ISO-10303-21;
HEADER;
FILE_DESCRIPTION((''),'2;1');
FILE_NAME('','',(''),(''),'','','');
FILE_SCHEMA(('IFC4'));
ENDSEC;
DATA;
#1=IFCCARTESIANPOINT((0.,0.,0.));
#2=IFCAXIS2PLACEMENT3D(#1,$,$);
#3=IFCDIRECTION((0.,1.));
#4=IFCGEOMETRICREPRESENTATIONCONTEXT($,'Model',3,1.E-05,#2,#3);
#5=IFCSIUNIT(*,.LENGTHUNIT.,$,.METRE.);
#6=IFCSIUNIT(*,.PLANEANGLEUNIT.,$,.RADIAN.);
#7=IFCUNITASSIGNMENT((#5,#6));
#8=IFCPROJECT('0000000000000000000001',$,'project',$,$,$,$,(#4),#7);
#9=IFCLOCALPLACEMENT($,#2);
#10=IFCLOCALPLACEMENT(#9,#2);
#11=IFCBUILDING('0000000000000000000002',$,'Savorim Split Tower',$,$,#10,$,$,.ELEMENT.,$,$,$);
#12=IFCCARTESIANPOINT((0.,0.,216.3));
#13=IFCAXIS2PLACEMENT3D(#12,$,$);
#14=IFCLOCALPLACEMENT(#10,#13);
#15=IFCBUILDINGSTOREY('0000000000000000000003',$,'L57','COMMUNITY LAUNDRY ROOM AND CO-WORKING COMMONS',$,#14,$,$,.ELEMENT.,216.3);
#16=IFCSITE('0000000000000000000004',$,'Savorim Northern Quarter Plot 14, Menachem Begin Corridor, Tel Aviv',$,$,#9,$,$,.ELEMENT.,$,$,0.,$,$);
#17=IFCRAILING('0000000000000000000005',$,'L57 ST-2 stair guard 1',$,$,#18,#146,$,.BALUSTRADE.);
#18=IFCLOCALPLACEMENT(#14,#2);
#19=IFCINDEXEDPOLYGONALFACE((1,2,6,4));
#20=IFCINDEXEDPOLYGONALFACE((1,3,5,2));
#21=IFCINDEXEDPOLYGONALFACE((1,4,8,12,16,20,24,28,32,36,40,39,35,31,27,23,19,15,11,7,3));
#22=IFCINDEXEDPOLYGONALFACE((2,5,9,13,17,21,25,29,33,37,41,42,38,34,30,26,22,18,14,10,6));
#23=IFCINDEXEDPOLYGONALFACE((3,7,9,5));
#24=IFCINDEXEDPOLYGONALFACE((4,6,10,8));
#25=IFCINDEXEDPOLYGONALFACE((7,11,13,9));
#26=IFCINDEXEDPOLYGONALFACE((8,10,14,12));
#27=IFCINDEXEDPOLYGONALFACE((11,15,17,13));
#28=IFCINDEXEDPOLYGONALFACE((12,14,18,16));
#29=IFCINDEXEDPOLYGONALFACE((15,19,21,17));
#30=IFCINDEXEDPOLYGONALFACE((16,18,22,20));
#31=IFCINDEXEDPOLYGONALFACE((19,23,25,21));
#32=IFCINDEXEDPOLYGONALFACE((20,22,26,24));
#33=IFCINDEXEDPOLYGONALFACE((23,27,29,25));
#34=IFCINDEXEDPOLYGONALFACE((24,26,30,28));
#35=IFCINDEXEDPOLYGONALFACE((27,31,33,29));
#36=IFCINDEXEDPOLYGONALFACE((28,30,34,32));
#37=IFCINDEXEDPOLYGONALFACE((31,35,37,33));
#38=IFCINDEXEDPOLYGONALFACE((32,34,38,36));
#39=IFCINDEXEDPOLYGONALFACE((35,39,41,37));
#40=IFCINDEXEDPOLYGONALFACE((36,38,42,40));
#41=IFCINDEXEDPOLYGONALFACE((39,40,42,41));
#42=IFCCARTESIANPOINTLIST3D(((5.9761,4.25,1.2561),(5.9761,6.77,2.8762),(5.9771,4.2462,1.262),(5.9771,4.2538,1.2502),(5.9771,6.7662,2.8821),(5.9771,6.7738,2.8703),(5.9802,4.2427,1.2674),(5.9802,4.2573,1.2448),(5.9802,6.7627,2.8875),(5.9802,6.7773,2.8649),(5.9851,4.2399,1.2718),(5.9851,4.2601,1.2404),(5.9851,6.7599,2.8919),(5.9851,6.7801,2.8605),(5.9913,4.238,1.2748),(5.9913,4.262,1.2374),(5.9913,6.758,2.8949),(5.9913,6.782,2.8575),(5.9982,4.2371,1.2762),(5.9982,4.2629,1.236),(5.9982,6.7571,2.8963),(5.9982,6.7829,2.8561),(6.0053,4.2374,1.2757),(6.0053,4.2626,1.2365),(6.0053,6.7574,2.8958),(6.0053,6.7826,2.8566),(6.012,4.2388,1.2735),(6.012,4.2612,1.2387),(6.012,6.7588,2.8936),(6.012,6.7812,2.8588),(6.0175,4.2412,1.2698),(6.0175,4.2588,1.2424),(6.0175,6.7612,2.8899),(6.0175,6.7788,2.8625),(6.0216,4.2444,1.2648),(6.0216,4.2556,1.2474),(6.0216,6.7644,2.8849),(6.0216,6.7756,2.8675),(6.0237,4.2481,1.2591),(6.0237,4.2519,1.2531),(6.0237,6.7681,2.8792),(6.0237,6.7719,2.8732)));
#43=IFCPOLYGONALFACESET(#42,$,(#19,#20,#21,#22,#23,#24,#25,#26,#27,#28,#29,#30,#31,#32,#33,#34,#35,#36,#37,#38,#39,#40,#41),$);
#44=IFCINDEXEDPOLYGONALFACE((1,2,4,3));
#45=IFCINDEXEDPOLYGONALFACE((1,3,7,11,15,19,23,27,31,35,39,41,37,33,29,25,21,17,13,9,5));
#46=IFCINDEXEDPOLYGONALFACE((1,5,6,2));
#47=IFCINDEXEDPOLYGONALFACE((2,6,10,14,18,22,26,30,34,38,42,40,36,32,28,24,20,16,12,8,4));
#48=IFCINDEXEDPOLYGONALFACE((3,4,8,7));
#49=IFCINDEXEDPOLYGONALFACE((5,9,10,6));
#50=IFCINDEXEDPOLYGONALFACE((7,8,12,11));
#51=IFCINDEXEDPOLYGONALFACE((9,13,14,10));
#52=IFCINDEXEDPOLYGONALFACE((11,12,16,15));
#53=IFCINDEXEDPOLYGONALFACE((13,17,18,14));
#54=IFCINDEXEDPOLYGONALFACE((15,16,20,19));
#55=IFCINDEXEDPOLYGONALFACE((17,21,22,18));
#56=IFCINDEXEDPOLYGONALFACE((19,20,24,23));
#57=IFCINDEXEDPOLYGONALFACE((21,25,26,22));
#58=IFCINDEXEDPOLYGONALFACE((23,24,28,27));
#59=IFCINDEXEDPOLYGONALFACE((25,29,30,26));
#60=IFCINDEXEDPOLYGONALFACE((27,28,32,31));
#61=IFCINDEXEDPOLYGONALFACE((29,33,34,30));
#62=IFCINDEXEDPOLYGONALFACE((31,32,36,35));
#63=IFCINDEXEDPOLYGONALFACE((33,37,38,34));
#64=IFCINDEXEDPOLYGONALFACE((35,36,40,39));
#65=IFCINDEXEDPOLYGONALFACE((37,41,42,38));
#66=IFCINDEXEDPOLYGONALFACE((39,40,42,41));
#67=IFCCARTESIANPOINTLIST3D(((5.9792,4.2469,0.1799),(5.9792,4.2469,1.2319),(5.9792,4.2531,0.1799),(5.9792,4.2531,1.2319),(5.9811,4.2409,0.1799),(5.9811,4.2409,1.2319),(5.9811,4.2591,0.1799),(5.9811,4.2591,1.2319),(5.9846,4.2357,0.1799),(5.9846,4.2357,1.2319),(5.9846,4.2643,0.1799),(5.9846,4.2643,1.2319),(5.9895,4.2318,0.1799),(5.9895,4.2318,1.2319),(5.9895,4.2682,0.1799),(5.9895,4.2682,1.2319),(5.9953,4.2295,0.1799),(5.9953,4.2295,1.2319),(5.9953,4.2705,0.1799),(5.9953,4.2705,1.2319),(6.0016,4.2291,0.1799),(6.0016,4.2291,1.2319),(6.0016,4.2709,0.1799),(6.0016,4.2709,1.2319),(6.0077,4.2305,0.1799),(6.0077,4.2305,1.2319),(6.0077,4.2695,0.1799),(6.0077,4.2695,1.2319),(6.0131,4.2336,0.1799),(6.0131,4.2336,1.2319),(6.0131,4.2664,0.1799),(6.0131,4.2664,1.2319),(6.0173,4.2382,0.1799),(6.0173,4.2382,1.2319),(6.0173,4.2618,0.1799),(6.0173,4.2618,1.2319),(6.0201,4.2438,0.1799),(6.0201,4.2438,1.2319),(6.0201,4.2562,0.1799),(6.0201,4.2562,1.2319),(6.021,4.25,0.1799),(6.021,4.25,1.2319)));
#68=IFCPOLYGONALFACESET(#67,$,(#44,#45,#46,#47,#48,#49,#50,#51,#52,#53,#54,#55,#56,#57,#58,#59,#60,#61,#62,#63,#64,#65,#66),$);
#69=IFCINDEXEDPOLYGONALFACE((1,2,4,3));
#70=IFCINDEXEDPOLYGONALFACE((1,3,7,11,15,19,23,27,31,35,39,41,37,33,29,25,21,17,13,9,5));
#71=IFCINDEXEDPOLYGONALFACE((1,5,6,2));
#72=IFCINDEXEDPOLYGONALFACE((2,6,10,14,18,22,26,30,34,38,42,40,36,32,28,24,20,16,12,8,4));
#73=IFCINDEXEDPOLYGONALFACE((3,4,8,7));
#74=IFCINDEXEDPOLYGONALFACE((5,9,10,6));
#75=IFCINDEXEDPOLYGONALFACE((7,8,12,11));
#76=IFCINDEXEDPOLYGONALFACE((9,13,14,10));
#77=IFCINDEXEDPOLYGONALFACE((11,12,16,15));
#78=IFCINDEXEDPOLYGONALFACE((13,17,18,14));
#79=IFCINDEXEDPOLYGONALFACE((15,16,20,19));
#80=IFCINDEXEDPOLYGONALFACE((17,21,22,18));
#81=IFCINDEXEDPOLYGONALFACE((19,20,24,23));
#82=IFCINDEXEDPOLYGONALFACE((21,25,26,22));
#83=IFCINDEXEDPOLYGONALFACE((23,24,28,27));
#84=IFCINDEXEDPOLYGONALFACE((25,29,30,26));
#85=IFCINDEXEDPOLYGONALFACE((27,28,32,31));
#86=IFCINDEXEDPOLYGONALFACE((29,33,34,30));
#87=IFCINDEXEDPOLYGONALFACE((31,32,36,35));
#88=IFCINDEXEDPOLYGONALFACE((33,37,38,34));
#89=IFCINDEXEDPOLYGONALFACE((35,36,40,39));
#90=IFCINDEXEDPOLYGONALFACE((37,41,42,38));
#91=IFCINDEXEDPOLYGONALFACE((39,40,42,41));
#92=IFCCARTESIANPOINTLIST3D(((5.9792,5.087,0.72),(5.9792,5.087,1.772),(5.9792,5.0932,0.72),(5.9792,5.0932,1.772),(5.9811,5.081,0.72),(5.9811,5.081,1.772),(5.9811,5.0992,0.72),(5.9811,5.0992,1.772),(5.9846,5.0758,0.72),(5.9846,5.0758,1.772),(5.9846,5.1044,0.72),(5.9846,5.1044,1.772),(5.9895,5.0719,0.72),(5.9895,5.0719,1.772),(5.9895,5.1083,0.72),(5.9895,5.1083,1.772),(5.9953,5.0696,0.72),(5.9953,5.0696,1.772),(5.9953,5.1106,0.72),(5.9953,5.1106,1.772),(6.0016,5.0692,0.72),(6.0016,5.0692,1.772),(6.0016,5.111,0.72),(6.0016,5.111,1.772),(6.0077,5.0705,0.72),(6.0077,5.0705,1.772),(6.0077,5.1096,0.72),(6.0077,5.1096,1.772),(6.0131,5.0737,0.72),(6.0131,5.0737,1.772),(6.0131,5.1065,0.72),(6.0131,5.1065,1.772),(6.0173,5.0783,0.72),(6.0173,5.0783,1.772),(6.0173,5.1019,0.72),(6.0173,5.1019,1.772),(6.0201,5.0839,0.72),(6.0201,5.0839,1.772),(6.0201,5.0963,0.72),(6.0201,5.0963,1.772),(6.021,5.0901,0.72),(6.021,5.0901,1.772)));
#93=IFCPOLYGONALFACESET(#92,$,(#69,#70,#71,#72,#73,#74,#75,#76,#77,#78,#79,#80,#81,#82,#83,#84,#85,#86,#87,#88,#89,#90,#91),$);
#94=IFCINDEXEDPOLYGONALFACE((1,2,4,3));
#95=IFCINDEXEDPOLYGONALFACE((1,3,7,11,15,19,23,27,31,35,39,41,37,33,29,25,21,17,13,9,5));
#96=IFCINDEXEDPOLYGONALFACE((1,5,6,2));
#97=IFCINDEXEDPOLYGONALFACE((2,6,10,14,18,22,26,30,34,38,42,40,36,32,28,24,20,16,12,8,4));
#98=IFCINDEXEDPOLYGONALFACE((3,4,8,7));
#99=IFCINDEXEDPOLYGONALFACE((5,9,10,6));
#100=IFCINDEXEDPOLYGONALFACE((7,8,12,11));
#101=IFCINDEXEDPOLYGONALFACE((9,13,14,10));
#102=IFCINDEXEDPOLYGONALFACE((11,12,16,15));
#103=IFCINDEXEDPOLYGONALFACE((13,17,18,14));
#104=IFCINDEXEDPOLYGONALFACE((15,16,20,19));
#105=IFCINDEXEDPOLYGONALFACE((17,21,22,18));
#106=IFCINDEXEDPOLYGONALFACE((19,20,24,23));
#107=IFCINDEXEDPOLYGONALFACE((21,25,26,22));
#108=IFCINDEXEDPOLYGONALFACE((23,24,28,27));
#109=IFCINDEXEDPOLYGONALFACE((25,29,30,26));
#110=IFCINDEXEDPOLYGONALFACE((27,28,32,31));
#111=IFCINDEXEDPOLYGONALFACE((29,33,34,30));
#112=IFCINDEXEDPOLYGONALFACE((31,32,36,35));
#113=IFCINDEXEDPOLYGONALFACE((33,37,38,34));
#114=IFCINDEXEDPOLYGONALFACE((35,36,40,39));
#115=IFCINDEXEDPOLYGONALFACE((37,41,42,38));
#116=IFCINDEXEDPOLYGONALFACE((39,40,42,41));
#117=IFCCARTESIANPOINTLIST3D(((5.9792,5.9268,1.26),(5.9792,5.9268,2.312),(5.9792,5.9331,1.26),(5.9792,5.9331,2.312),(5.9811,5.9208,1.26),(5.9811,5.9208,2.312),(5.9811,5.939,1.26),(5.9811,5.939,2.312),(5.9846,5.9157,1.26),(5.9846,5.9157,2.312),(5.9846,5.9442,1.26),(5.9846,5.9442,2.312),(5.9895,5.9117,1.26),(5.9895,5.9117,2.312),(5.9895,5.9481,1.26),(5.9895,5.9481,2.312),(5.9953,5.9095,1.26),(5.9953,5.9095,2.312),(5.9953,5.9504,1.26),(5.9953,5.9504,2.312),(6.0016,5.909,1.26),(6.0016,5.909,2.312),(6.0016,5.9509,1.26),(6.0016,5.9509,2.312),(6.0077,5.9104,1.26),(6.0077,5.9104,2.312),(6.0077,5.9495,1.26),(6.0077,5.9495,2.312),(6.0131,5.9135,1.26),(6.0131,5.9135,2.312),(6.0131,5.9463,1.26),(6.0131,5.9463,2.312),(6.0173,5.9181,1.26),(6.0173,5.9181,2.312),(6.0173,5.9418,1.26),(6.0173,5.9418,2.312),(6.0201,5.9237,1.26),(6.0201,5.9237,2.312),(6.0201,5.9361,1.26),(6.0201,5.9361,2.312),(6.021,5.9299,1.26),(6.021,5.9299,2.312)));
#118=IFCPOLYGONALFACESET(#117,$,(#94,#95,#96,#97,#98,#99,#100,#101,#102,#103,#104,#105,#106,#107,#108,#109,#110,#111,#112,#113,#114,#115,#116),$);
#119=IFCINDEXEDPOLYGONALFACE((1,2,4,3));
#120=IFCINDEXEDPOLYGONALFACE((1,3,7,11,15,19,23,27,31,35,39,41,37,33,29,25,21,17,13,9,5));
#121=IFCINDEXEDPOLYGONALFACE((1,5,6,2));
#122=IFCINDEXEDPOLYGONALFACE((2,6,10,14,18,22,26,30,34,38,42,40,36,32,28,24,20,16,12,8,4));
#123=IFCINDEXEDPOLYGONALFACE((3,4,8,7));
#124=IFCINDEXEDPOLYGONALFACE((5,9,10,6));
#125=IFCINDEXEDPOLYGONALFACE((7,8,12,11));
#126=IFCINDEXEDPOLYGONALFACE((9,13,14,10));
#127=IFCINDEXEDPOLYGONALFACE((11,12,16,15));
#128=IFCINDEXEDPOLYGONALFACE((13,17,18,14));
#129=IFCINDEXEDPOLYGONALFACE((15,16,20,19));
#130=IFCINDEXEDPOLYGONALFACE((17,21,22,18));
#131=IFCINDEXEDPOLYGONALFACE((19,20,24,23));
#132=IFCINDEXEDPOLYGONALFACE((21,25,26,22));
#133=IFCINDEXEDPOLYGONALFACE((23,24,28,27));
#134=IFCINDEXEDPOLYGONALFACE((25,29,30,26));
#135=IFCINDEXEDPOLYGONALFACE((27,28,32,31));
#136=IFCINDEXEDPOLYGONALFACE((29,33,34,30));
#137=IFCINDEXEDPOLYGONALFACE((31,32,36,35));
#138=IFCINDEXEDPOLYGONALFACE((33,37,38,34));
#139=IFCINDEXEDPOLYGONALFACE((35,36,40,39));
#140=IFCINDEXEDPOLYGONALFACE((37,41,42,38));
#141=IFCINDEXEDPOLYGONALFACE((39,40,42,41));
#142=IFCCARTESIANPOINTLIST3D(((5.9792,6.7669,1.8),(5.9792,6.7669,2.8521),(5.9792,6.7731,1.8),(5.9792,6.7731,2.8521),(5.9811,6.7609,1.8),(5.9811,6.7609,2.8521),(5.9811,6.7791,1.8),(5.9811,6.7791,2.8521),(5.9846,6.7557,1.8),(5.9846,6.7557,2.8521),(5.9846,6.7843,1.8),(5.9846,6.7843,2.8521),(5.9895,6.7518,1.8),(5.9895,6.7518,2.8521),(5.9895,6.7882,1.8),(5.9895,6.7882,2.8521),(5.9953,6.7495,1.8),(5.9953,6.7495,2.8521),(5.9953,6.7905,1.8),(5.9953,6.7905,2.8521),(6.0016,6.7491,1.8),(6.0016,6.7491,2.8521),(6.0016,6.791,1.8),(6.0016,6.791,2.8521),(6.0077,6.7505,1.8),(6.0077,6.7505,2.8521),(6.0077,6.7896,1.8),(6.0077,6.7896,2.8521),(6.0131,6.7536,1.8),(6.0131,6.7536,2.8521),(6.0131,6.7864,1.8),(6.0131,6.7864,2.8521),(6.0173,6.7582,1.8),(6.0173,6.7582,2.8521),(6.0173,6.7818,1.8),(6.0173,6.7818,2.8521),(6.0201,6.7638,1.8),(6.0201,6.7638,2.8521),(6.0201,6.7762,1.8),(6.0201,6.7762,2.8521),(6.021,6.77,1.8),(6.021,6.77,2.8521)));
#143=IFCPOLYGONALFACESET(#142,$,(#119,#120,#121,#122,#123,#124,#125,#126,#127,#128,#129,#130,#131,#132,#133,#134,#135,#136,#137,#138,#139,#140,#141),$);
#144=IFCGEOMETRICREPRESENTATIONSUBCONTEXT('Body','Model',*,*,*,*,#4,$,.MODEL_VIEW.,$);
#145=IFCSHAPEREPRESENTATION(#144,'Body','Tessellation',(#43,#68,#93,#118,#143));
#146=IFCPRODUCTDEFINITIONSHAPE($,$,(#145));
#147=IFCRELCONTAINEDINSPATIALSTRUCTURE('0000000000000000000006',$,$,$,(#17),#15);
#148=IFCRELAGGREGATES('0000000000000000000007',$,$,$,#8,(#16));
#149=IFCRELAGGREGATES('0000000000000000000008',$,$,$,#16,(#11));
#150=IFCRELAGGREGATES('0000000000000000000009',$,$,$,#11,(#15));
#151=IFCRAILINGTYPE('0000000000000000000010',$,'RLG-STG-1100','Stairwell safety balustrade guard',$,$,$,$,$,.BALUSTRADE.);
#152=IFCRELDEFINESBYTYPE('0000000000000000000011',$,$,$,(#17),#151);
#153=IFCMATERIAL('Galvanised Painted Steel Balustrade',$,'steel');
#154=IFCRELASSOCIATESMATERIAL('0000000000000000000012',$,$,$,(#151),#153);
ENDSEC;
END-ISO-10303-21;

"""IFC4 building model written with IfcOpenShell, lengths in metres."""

from ifc_helpers import new_model, si_unit, direction, frame, origin, origin_2d, place, context, subcontext, project, spatial, circle, extrude, material, type_object, element, save


model = new_model("IFC4")

# Units and contexts
model_context = context("Model", 3, precision=1e-05, world=origin(), true_north=direction((0.0, 1.0)))
body_context = subcontext(model_context, "Body", "Model", "MODEL_VIEW")
ifc_project = project(units=[si_unit("LENGTHUNIT", "METRE"), si_unit("PLANEANGLEUNIT", "RADIAN")], contexts=[model_context])

# Site, building, storey
site_placement = place(None, origin())
site = spatial("IfcSite", under=ifc_project, at=site_placement, Name="Savorim Northern Quarter Plot 14, Menachem Begin Corridor, Tel Aviv", CompositionType="ELEMENT", RefElevation=0.0)
building_placement = place(site_placement, origin())
building = spatial("IfcBuilding", under=site, at=building_placement, Name="Savorim Split Tower", CompositionType="ELEMENT")
storey_placement = place(building_placement, frame((0.0, 0.0, 216.3)))
storey = spatial("IfcBuildingStorey", under=building, at=storey_placement, Name="L57", Description="COMMUNITY LAUNDRY ROOM AND CO-WORKING COMMONS", CompositionType="ELEMENT", Elevation=216.3)

# Railing
ifc_material_1 = material(Name="Galvanised Painted Steel Balustrade", Category="steel")
railing_type_1 = type_object("IfcRailingType", Name="RLG-STG-1100", Description="Stairwell safety balustrade guard", PredefinedType="BALUSTRADE", material=ifc_material_1)
railing_1_placement = place(storey_placement, frame((6.0, 4.25, 0.1799)))
element("IfcRailing", 1, at=railing_1_placement, inside=storey, type_object=railing_type_1, Name="L57 ST-2 stair guard 1", PredefinedType="BALUSTRADE", context=body_context, shape_type="SweptSolid", body=[
    extrude(circle(Radius=0.0239, at=origin_2d()), frame((0.0, 0.0, 1.0762), z_axis=(0.0, 0.841163, 0.540782), x_axis=(-1.0, 0.0, 0.0)), (0.0, 0.0, 1.0), 2.9958),
    extrude(circle(Radius=0.021, at=origin_2d()), origin(), (0.0, 0.0, 1.0), 1.052),
    extrude(circle(Radius=0.021, at=origin_2d()), frame((0.0, 0.8401, 0.54)), (0.0, 0.0, 1.0), 1.052),
    extrude(circle(Radius=0.021, at=origin_2d()), frame((0.0, 1.6799, 1.0801)), (0.0, 0.0, 1.0), 1.052),
    extrude(circle(Radius=0.021, at=origin_2d()), frame((0.0, 2.52, 1.6201)), (0.0, 0.0, 1.0), 1.052),
])

save(model, "model.ifc")
